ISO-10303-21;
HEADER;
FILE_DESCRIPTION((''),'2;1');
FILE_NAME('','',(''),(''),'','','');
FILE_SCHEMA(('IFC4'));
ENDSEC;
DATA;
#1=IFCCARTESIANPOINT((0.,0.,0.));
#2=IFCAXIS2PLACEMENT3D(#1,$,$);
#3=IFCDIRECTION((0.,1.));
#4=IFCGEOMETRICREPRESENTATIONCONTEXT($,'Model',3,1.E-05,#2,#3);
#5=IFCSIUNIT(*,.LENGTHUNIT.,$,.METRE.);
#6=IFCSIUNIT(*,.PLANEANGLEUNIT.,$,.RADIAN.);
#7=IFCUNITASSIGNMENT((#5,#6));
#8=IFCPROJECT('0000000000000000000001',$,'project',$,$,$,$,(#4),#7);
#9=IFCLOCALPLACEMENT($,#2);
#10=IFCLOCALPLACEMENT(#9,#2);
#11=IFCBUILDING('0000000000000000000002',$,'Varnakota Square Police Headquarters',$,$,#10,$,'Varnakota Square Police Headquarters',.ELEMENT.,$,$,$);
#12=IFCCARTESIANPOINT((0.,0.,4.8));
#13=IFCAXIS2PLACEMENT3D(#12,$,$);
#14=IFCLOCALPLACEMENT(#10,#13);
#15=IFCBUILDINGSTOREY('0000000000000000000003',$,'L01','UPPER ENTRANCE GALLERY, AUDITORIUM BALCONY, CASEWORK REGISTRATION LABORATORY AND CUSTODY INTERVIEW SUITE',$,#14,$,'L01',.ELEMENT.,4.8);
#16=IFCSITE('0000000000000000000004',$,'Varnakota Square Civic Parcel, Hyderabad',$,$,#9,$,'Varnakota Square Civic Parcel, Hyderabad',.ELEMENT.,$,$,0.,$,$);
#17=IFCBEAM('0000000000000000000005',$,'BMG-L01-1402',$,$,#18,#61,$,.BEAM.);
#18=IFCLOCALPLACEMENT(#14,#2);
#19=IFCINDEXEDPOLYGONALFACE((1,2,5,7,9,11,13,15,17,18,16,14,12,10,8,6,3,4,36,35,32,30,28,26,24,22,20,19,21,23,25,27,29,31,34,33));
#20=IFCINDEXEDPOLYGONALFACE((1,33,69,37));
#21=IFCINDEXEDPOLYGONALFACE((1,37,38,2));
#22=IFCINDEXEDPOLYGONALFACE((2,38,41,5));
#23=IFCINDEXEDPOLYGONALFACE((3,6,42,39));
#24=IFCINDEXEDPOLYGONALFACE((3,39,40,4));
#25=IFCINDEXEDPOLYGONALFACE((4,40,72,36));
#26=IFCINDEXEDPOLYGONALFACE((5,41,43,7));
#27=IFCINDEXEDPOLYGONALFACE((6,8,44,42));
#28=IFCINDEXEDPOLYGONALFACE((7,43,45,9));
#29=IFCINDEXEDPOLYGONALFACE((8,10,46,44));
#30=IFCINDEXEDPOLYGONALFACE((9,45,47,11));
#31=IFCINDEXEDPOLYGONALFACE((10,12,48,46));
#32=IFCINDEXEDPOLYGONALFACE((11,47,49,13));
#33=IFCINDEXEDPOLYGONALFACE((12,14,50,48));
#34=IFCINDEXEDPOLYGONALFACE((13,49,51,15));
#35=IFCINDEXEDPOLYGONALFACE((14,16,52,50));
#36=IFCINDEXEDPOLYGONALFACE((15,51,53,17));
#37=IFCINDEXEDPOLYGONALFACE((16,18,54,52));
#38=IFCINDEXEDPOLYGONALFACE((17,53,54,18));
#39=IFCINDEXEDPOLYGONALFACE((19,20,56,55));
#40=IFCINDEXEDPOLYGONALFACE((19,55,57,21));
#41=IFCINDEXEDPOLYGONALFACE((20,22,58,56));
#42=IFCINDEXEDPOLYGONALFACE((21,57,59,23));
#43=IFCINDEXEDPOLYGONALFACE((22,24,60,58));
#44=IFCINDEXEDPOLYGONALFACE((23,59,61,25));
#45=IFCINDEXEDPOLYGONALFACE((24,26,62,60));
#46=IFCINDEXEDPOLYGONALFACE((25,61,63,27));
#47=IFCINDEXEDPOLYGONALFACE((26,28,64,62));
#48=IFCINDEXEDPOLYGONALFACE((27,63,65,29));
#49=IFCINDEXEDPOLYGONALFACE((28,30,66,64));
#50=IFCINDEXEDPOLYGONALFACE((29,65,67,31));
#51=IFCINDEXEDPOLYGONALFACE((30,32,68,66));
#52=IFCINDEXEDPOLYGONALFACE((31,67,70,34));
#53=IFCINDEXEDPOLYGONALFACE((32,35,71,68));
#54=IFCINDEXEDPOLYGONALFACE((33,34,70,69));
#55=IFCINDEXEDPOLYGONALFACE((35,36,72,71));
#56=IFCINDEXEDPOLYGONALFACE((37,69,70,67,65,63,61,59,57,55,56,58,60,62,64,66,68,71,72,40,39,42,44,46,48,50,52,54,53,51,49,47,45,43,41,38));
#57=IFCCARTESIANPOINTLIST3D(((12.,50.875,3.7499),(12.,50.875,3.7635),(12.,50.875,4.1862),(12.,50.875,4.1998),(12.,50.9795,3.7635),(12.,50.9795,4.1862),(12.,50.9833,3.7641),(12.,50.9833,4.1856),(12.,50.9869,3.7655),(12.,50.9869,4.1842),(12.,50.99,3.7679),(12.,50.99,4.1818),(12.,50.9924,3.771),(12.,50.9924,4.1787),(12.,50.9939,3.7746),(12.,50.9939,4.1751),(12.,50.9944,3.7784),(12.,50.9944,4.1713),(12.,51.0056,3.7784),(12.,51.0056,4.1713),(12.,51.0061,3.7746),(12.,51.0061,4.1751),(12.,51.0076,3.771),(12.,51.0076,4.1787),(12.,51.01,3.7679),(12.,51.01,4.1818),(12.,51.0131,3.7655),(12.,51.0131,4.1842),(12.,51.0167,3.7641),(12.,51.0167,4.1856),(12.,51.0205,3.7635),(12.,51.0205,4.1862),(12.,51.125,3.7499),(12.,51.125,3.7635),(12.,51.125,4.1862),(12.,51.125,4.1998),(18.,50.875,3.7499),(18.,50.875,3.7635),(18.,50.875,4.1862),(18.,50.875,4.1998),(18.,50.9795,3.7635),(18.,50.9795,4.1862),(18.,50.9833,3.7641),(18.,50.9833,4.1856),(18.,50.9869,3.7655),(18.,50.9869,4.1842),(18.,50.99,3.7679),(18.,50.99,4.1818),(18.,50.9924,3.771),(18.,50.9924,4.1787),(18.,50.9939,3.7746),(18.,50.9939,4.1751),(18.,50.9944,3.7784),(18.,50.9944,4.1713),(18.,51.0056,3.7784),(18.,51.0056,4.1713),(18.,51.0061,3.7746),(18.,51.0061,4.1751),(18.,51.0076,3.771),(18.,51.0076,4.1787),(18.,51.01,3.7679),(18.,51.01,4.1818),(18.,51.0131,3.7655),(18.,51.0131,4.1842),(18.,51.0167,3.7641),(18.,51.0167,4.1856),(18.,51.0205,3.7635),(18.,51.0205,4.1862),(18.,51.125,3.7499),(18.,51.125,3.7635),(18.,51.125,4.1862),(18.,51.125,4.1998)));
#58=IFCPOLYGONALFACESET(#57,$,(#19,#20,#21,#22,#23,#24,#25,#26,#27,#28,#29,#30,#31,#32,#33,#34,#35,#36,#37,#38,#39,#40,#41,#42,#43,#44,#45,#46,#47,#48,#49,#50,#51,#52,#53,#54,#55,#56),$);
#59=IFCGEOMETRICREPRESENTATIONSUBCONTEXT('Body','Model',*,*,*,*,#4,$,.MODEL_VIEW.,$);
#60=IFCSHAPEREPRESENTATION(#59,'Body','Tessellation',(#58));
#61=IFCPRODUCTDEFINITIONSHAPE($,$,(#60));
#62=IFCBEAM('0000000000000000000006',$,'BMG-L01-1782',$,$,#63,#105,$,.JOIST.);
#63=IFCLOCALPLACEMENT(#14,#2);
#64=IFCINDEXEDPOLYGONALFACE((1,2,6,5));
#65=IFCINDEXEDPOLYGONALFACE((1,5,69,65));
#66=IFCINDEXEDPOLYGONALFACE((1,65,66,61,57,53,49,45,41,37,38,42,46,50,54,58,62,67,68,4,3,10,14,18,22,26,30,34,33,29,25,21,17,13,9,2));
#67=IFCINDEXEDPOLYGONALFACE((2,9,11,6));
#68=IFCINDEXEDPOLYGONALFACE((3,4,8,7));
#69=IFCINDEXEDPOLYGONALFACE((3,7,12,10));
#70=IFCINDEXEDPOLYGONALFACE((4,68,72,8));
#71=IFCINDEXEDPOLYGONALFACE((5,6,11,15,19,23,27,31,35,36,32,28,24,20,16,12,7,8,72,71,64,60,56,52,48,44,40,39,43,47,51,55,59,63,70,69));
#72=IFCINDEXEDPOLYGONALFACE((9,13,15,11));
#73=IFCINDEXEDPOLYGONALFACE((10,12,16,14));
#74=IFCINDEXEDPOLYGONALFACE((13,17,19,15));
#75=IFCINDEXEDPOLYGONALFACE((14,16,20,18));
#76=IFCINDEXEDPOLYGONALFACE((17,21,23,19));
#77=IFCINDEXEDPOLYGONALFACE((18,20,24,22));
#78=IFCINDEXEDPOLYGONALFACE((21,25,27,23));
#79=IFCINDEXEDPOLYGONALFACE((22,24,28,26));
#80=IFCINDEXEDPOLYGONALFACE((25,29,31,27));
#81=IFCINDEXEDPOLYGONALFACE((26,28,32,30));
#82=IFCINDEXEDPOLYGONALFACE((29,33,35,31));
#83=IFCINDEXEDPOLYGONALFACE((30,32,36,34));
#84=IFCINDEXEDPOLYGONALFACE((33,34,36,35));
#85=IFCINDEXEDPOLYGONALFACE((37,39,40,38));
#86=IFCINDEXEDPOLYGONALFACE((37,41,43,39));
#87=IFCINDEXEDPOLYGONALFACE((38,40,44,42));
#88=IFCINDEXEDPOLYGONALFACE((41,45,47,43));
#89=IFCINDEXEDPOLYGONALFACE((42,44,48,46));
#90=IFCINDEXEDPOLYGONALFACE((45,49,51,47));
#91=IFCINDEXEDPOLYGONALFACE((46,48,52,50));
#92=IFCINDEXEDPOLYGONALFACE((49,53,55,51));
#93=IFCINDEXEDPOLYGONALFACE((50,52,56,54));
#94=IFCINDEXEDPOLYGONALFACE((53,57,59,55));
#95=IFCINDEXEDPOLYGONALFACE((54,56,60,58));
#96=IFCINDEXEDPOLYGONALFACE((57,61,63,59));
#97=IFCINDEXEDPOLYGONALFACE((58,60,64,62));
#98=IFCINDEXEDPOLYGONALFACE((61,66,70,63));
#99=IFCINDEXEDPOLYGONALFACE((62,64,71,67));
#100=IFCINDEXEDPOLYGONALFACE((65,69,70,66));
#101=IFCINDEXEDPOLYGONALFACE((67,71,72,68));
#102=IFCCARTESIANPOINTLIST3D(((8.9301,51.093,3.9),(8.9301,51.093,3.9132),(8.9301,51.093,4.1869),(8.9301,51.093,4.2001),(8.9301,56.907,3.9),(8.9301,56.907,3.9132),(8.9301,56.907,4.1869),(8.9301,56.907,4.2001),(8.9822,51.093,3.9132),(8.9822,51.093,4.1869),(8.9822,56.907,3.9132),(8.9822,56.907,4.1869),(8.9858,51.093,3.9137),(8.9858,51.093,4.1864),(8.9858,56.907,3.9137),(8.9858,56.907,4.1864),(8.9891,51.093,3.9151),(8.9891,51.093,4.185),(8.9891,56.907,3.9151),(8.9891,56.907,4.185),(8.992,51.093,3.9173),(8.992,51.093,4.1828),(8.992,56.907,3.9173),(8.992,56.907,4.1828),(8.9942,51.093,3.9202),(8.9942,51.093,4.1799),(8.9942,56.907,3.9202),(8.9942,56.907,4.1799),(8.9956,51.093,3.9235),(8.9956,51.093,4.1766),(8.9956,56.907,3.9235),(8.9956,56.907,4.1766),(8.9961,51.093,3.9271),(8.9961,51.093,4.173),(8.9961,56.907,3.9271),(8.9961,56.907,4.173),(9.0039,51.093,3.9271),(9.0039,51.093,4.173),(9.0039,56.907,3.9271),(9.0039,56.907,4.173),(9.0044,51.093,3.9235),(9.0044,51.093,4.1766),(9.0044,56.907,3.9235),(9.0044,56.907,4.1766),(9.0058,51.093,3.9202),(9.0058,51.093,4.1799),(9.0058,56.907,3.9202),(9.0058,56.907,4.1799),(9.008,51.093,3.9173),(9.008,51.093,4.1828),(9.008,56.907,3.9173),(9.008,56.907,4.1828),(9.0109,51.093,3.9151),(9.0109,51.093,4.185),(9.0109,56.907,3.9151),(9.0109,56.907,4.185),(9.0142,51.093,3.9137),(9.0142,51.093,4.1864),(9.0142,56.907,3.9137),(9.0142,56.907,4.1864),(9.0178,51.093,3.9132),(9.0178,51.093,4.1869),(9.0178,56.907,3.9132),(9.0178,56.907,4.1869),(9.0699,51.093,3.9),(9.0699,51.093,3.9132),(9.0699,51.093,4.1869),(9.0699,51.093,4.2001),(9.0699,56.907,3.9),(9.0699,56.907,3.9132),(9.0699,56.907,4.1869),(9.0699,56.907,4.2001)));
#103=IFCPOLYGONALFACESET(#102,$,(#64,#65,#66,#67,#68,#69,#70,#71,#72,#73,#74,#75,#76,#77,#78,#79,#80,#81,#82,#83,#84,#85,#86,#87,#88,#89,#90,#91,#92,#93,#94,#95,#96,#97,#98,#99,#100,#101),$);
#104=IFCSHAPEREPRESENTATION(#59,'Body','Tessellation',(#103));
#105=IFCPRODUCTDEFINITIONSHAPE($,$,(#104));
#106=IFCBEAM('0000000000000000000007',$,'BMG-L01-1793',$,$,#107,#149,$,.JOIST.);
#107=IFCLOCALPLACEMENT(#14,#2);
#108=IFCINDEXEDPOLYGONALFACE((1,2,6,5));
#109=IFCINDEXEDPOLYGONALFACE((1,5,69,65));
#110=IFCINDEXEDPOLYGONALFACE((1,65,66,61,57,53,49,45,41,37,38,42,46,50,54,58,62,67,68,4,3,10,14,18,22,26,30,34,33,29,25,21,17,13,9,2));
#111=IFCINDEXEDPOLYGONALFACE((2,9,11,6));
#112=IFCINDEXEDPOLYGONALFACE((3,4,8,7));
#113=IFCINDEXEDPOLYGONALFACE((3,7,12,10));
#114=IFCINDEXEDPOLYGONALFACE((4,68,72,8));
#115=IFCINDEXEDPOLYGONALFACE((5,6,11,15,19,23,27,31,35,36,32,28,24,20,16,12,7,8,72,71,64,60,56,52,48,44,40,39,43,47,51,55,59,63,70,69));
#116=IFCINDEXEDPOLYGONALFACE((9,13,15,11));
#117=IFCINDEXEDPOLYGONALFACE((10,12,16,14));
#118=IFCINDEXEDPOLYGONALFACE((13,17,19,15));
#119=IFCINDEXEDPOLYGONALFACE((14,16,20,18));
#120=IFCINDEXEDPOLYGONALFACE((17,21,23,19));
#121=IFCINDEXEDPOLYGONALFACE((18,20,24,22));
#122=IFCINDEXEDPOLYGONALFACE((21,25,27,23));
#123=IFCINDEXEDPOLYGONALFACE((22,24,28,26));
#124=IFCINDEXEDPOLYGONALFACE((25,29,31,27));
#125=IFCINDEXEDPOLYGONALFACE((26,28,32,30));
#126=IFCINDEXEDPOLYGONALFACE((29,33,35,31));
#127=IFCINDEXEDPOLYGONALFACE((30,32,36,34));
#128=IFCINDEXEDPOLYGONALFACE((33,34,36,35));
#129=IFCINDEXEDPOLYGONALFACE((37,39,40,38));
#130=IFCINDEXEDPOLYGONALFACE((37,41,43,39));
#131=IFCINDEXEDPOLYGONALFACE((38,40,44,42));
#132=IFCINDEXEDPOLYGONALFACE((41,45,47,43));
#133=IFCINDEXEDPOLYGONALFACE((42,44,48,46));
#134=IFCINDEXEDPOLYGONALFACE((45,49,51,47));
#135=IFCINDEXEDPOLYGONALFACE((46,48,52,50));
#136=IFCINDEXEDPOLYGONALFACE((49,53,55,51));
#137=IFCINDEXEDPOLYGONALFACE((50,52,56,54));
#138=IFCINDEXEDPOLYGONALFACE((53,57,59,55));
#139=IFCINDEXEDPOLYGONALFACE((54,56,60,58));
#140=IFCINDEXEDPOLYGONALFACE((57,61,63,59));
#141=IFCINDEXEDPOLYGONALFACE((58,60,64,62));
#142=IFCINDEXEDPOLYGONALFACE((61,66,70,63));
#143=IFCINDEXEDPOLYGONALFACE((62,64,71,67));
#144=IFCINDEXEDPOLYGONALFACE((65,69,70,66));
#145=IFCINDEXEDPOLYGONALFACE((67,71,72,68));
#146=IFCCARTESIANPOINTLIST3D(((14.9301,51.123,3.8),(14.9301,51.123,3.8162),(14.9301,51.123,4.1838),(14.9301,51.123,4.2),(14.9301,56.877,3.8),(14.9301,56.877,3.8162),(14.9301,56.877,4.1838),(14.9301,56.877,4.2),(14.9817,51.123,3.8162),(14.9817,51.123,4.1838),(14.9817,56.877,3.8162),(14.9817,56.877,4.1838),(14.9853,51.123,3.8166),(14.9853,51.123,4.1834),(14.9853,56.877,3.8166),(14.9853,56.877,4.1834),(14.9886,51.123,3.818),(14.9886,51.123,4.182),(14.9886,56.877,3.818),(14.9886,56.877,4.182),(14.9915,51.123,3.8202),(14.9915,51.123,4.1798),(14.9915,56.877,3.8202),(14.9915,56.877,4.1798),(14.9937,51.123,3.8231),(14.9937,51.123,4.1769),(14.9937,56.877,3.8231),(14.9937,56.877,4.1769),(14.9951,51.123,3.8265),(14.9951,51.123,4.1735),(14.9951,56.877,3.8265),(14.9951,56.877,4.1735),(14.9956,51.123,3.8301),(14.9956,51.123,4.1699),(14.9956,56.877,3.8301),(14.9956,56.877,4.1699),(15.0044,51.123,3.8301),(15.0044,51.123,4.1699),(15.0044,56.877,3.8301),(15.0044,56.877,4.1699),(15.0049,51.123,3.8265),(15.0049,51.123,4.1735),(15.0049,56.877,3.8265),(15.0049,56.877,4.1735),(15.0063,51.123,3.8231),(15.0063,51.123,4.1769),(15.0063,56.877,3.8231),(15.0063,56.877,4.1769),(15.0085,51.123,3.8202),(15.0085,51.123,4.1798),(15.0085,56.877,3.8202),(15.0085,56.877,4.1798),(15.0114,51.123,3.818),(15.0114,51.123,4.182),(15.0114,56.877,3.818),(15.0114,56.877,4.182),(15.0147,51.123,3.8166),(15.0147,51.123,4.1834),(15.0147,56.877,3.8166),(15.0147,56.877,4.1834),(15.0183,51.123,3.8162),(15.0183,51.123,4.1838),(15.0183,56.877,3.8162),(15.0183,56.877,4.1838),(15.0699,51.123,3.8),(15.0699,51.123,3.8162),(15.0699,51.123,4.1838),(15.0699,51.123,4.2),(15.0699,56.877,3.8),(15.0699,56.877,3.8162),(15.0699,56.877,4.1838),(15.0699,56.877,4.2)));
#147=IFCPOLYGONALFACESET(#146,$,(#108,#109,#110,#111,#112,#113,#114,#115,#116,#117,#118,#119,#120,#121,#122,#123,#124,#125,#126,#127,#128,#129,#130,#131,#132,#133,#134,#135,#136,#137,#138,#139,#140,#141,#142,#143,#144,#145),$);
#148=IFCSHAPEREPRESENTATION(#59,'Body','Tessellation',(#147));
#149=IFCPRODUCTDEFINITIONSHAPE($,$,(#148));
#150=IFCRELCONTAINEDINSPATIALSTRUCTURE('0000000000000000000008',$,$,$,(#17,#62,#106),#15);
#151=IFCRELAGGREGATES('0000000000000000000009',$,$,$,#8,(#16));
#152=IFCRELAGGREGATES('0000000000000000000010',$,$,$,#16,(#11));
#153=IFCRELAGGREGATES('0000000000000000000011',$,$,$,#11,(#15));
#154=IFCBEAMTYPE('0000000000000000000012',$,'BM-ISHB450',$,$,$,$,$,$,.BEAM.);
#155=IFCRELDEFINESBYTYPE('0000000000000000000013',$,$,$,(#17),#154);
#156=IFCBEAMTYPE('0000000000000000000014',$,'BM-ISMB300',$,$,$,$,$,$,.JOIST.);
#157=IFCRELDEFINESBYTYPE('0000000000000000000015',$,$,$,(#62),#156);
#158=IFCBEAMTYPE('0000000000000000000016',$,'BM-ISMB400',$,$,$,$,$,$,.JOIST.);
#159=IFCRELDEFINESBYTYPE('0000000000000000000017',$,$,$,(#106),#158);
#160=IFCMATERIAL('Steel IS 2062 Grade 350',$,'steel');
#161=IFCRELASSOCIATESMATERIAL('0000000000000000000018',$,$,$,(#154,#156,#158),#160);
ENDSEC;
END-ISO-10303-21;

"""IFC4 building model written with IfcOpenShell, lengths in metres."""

from ifc_helpers import new_model, si_unit, direction, frame, origin, origin_2d, place, context, subcontext, project, spatial, i_section, extrude, material, material_profile, profile_set, type_object, element, save


model = new_model("IFC4")

# Units and contexts
model_context = context("Model", 3, precision=1e-05, world=origin(), true_north=direction((0.0, 1.0)))
body_context = subcontext(model_context, "Body", "Model", "MODEL_VIEW")
ifc_project = project(units=[si_unit("LENGTHUNIT", "METRE"), si_unit("PLANEANGLEUNIT", "RADIAN")], contexts=[model_context])

# Site, building, storey
site_placement = place(None, origin())
site = spatial("IfcSite", under=ifc_project, at=site_placement, Name="Varnakota Square Civic Parcel, Hyderabad", LongName="Varnakota Square Civic Parcel, Hyderabad", CompositionType="ELEMENT", RefElevation=0.0)
building_placement = place(site_placement, origin())
building = spatial("IfcBuilding", under=site, at=building_placement, Name="Varnakota Square Police Headquarters", LongName="Varnakota Square Police Headquarters", CompositionType="ELEMENT")
storey_placement = place(building_placement, frame((0.0, 0.0, 4.8)))
storey = spatial("IfcBuildingStorey", under=building, at=storey_placement, Name="L01", Description="UPPER ENTRANCE GALLERY, AUDITORIUM BALCONY, CASEWORK REGISTRATION LABORATORY AND CUSTODY INTERVIEW SUITE", LongName="L01", CompositionType="ELEMENT", Elevation=4.8)

# Shared definitions
ifc_material_1 = material(Name="Steel IS 2062 Grade 350", Category="steel")

# Beams
ifc_material_profile_1 = material_profile(ifc_material_1, i_section(OverallWidth=0.25, OverallDepth=0.45, WebThickness=0.0112, FlangeThickness=0.0137, FilletRadius=0.0149, at=origin_2d()), Name="ISHB 450")
ifc_profile_set_1 = profile_set([ifc_material_profile_1], Name="Steel IS 2062 Grade 350")
beam_type_1 = type_object("IfcBeamType", Name="BM-ISHB450", PredefinedType="BEAM", material=ifc_profile_set_1)
beam_1_placement = place(storey_placement, frame((12.0, 51.0, 3.9749), z_axis=(1.0, 0.0, 0.0), x_axis=(0.0, 1.0, 0.0)))
element("IfcBeam", 1, at=beam_1_placement, inside=storey, type_object=beam_type_1, Name="BMG-L01-1402", PredefinedType="BEAM", context=body_context, shape_type="SweptSolid", body=[
    extrude(i_section(OverallWidth=0.25, OverallDepth=0.45, WebThickness=0.0112, FlangeThickness=0.0137, FilletRadius=0.0149, at=origin_2d()), origin(), (0.0, 0.0, 1.0), 6.0),
])
ifc_material_profile_2 = material_profile(ifc_material_1, i_section(OverallWidth=0.1399, OverallDepth=0.3, WebThickness=0.0078, FlangeThickness=0.0132, FilletRadius=0.0139, at=origin_2d()), Name="ISMB 300")
ifc_profile_set_2 = profile_set([ifc_material_profile_2], Name="Steel IS 2062 Grade 350")
beam_type_2 = type_object("IfcBeamType", Name="BM-ISMB300", PredefinedType="JOIST", material=ifc_profile_set_2)
beam_2_placement = place(storey_placement, frame((9.0, 51.093, 4.05), z_axis=(0.0, 1.0, 0.0), x_axis=(-1.0, 0.0, 0.0)))
element("IfcBeam", 2, at=beam_2_placement, inside=storey, type_object=beam_type_2, Name="BMG-L01-1782", PredefinedType="JOIST", context=body_context, shape_type="SweptSolid", body=[
    extrude(i_section(OverallWidth=0.1399, OverallDepth=0.3, WebThickness=0.0078, FlangeThickness=0.0132, FilletRadius=0.0139, at=origin_2d()), origin(), (0.0, 0.0, 1.0), 5.814),
])
ifc_material_profile_3 = material_profile(ifc_material_1, i_section(OverallWidth=0.1399, OverallDepth=0.3999, WebThickness=0.0088, FlangeThickness=0.0161, FilletRadius=0.0139, at=origin_2d()), Name="ISMB 400")
ifc_profile_set_3 = profile_set([ifc_material_profile_3], Name="Steel IS 2062 Grade 350")
beam_type_3 = type_object("IfcBeamType", Name="BM-ISMB400", PredefinedType="JOIST", material=ifc_profile_set_3)
beam_3_placement = place(storey_placement, frame((15.0, 51.123, 4.0), z_axis=(0.0, 1.0, 0.0), x_axis=(-1.0, 0.0, 0.0)))
element("IfcBeam", 3, at=beam_3_placement, inside=storey, type_object=beam_type_3, Name="BMG-L01-1793", PredefinedType="JOIST", context=body_context, shape_type="SweptSolid", body=[
    extrude(i_section(OverallWidth=0.1399, OverallDepth=0.3999, WebThickness=0.0088, FlangeThickness=0.0161, FilletRadius=0.0139, at=origin_2d()), origin(), (0.0, 0.0, 1.0), 5.7539),
])

save(model, "model.ifc")
